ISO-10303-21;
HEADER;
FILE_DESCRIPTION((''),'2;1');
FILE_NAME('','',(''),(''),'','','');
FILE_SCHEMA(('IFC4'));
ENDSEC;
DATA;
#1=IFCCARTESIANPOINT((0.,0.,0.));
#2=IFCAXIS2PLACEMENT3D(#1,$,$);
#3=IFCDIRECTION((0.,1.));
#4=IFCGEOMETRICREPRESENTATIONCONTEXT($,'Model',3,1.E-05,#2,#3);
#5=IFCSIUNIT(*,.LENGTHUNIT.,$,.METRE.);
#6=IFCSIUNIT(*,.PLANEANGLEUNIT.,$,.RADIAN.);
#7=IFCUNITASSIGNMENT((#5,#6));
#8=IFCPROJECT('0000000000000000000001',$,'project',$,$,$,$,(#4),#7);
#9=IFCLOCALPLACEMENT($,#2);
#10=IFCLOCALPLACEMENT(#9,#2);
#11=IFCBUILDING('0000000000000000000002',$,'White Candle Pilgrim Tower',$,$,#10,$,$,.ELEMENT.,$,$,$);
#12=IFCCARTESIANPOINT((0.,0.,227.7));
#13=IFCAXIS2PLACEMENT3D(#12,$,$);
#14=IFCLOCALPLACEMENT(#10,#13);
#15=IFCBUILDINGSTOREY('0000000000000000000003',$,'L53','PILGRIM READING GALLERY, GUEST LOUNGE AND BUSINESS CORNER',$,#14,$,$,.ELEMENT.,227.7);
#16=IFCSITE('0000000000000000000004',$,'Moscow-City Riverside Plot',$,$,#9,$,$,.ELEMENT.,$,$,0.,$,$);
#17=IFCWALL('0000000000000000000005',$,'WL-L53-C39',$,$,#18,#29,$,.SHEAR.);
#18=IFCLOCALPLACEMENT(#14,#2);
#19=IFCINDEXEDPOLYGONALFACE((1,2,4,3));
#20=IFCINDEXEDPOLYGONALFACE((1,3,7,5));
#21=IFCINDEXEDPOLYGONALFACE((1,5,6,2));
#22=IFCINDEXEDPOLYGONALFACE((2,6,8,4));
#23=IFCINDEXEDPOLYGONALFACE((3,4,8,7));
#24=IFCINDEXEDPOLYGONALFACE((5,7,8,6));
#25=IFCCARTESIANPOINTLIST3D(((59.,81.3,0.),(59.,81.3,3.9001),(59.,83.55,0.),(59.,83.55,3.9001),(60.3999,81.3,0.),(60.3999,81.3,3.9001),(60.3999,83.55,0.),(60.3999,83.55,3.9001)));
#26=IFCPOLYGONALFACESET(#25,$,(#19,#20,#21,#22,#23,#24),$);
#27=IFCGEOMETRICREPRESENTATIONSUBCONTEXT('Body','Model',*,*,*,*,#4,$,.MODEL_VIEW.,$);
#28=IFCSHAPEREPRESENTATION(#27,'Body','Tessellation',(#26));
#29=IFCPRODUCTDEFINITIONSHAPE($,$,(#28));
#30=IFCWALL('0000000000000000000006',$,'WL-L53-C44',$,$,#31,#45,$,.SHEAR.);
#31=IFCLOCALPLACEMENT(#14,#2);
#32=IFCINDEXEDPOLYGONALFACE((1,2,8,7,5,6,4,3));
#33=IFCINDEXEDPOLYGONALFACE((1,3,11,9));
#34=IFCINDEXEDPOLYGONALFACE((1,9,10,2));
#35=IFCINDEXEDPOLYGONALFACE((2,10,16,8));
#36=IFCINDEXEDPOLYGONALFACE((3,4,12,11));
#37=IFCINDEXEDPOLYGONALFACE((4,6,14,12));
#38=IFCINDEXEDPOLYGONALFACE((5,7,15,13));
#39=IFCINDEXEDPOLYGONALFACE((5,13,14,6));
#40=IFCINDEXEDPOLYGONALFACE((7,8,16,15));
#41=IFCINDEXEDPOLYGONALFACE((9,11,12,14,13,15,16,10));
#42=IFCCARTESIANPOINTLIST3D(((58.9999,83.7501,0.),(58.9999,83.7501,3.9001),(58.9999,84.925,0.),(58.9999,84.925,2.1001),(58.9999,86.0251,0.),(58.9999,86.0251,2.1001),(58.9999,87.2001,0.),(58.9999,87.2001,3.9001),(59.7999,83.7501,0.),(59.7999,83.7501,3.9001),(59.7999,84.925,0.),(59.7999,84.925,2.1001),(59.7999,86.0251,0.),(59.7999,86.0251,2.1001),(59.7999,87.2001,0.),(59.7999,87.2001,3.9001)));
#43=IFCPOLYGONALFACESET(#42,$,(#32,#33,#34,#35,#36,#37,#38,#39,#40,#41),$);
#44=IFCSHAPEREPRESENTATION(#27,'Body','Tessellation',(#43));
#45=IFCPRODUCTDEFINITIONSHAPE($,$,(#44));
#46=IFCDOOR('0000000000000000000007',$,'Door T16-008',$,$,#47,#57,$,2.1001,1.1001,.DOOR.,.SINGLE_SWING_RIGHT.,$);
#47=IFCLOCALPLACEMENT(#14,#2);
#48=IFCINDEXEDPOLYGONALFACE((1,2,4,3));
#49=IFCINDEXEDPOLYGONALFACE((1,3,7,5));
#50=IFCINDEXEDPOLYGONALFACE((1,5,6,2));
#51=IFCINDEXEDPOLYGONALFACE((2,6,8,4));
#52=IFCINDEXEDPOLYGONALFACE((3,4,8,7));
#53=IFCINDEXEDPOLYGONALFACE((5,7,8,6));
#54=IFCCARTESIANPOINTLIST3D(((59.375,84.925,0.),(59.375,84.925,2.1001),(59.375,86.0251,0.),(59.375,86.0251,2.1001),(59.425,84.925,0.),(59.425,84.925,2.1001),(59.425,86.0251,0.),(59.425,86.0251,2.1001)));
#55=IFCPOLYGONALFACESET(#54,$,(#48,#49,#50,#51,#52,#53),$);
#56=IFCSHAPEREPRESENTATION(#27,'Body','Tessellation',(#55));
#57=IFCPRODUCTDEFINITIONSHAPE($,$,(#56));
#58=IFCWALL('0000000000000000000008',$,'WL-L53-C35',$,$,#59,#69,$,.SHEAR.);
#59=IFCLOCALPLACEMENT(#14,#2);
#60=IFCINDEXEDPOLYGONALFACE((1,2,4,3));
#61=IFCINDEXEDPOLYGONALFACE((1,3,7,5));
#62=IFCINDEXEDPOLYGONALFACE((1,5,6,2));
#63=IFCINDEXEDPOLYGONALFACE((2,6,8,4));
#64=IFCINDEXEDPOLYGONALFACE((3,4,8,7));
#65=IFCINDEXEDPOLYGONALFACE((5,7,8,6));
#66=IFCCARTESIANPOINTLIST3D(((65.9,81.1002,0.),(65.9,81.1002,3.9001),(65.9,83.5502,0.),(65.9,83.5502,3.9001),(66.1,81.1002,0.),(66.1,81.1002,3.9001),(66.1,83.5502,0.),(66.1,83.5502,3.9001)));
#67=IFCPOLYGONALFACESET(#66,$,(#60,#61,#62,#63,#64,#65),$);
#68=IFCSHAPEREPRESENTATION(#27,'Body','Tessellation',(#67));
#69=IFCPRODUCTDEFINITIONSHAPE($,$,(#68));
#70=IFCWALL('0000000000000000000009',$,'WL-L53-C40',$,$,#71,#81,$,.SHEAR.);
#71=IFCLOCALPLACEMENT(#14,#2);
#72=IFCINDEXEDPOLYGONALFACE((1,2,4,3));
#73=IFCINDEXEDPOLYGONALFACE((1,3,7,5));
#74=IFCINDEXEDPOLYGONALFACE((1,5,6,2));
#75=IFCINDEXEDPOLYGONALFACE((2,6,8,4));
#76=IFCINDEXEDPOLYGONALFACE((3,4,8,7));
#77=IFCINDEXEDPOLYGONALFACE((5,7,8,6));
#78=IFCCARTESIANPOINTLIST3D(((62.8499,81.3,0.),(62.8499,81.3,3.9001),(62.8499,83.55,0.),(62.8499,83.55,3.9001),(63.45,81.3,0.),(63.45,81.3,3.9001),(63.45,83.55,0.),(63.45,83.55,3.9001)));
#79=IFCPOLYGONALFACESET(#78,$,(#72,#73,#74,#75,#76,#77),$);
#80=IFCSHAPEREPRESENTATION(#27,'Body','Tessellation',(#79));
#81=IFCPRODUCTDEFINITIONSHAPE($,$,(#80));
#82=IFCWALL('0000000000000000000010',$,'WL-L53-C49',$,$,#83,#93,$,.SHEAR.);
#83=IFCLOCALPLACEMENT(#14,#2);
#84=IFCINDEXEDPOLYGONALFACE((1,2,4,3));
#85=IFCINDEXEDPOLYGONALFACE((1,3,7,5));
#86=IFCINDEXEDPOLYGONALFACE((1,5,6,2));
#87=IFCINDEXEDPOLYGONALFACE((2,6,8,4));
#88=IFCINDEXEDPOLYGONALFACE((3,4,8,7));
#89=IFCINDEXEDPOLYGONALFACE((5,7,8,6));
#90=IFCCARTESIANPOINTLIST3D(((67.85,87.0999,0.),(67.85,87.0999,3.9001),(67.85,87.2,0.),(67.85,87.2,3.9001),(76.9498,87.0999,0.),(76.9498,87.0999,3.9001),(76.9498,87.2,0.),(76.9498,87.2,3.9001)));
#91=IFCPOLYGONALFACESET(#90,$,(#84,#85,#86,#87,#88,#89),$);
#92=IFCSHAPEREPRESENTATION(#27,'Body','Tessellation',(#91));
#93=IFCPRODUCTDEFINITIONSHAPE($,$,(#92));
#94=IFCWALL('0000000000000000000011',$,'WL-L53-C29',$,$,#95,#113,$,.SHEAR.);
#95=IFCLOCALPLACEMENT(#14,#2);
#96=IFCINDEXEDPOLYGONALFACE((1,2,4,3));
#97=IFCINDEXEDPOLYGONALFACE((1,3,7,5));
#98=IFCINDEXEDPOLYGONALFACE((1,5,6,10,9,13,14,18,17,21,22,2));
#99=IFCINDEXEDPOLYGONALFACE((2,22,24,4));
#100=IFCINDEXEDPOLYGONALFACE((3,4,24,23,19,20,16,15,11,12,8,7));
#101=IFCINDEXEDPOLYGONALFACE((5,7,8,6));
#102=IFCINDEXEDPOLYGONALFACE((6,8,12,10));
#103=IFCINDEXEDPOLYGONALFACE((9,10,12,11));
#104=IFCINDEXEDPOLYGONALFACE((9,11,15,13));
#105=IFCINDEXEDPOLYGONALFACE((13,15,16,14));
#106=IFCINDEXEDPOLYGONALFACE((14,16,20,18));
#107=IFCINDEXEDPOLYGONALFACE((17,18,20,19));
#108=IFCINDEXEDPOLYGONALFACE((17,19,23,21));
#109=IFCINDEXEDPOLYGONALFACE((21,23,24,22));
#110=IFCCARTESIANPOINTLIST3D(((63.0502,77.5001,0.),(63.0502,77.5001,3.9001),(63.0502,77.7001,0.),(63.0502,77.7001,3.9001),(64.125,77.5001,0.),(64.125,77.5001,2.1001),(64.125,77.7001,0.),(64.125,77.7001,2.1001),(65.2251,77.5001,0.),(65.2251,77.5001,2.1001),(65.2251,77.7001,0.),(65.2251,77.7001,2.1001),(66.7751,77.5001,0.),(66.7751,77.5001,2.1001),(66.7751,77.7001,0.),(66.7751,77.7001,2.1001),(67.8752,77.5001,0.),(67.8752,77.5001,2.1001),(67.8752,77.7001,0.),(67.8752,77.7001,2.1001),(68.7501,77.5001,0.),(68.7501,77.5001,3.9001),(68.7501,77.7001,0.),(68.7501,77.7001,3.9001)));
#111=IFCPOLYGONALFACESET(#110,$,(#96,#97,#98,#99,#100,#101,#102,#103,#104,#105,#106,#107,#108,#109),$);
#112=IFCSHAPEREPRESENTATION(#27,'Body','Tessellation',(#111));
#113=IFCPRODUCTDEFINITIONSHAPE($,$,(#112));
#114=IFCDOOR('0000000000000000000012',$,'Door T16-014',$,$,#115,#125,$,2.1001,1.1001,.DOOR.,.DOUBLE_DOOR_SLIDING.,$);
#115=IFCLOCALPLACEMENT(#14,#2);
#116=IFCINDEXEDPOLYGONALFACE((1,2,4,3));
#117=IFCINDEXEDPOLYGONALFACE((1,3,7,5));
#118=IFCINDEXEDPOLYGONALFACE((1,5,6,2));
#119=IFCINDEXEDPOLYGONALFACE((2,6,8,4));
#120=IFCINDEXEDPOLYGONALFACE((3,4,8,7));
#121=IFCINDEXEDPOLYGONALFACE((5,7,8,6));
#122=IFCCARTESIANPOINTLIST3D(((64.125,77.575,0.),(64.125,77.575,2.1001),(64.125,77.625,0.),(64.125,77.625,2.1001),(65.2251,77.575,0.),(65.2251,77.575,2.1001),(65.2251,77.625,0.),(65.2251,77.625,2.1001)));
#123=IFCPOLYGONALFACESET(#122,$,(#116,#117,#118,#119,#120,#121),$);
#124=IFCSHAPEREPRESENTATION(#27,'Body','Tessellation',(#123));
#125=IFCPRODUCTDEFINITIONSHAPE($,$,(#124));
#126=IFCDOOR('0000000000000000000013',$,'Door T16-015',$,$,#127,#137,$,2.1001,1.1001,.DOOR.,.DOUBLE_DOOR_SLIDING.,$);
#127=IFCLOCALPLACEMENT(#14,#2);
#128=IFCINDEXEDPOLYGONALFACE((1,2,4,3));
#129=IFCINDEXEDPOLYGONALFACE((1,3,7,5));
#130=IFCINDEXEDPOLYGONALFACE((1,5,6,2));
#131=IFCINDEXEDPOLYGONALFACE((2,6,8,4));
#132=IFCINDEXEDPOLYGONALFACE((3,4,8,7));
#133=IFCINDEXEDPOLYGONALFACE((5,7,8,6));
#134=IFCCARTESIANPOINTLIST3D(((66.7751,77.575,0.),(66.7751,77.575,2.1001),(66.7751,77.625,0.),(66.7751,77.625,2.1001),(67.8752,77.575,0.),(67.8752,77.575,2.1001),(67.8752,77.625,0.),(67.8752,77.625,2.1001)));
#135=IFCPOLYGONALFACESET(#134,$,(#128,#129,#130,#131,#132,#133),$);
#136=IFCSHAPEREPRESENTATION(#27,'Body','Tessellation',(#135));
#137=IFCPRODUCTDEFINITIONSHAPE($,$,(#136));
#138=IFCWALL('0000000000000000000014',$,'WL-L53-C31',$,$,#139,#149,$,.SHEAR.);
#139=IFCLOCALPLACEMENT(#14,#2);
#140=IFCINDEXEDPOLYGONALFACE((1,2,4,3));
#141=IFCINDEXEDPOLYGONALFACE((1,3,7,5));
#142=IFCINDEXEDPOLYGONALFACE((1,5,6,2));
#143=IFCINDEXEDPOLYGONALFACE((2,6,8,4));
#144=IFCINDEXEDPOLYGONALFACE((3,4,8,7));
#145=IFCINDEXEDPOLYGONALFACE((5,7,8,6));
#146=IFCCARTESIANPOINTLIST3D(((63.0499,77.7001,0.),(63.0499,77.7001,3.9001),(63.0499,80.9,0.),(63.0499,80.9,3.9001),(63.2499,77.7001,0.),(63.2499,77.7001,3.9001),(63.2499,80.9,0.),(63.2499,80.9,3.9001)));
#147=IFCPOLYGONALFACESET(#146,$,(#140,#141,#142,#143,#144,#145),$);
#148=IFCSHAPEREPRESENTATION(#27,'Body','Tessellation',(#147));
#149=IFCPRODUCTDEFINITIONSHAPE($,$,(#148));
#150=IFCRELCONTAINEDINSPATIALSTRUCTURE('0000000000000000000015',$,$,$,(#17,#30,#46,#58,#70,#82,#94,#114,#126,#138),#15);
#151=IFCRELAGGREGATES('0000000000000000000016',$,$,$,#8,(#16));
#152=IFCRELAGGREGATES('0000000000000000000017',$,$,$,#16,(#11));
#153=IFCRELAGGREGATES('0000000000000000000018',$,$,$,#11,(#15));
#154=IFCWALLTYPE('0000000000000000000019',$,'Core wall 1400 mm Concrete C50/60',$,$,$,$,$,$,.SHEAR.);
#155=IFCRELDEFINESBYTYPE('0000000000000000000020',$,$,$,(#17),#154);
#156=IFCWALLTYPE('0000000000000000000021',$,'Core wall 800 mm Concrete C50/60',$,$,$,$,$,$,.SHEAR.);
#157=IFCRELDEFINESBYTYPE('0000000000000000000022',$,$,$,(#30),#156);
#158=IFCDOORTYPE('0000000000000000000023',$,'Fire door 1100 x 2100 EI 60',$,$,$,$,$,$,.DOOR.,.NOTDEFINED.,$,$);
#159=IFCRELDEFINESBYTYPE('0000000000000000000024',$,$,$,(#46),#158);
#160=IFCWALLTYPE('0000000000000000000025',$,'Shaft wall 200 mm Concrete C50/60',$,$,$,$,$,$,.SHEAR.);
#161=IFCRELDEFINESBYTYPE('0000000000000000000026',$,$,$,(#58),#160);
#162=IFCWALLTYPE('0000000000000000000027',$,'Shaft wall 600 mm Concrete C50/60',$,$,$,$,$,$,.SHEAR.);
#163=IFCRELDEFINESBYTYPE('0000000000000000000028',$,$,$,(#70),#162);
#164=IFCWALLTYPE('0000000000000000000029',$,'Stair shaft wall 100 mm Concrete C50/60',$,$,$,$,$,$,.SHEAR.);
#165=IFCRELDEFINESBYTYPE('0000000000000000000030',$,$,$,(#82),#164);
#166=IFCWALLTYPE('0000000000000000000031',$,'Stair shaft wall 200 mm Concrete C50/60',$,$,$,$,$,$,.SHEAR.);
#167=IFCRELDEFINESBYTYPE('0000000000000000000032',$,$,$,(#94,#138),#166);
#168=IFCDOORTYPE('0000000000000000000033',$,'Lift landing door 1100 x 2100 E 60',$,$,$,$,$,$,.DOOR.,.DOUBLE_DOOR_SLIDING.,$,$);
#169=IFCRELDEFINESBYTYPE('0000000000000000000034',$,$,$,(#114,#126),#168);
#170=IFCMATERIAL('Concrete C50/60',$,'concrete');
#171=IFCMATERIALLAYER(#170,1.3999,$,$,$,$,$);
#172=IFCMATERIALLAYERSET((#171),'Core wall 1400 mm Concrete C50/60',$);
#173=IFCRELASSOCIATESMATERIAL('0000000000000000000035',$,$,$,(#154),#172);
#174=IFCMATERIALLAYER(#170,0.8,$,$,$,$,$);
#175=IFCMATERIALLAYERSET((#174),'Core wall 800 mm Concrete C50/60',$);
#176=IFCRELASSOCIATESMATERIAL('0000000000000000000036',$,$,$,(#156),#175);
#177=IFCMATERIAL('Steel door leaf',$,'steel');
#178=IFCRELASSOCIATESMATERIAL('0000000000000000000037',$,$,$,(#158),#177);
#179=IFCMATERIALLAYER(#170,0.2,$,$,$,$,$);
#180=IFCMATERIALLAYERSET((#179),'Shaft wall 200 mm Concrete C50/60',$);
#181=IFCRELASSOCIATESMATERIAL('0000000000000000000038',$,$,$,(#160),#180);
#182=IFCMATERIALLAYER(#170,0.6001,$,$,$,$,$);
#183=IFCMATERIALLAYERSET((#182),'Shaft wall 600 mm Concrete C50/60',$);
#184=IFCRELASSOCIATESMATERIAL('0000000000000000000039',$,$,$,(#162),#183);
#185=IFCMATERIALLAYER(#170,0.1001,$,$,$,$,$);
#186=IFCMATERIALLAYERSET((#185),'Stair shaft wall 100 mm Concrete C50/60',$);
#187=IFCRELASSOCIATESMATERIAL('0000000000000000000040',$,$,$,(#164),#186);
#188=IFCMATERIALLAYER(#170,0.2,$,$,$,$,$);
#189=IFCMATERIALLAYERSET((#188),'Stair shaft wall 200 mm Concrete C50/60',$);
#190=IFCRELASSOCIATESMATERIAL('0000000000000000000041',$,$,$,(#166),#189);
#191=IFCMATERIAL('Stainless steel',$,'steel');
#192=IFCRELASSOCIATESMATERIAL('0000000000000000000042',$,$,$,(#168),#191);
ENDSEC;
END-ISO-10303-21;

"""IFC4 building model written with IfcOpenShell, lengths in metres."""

from ifc_helpers import new_model, si_unit, direction, frame, frame_2d, origin, place, context, subcontext, project, spatial, rectangle, extrude, material, layer, layer_set, type_object, element, fill, save


model = new_model("IFC4")

# Units and contexts
model_context = context("Model", 3, precision=1e-05, world=origin(), true_north=direction((0.0, 1.0)))
body_context = subcontext(model_context, "Body", "Model", "MODEL_VIEW")
ifc_project = project(units=[si_unit("LENGTHUNIT", "METRE"), si_unit("PLANEANGLEUNIT", "RADIAN")], contexts=[model_context])

# Site, building, storey
site_placement = place(None, origin())
site = spatial("IfcSite", under=ifc_project, at=site_placement, Name="Moscow-City Riverside Plot", CompositionType="ELEMENT", RefElevation=0.0)
building_placement = place(site_placement, origin())
building = spatial("IfcBuilding", under=site, at=building_placement, Name="White Candle Pilgrim Tower", CompositionType="ELEMENT")
storey_placement = place(building_placement, frame((0.0, 0.0, 227.7)))
storey = spatial("IfcBuildingStorey", under=building, at=storey_placement, Name="L53", Description="PILGRIM READING GALLERY, GUEST LOUNGE AND BUSINESS CORNER", CompositionType="ELEMENT", Elevation=227.7)

# Wall
ifc_material_1 = material(Name="Concrete C50/60", Category="concrete")
ifc_layer_1 = layer(ifc_material_1, 1.3999)
ifc_layer_set_1 = layer_set([ifc_layer_1], Name="Core wall 1400 mm Concrete C50/60")
wall_type_1 = type_object("IfcWallType", Name="Core wall 1400 mm Concrete C50/60", PredefinedType="SHEAR", material=ifc_layer_set_1)
wall_1_placement = place(storey_placement, frame((59.7, 81.3, 0.0), z_axis=(0.0, 0.0, 1.0), x_axis=(0.0, 1.0, 0.0)))
element("IfcWall", 1, at=wall_1_placement, inside=storey, type_object=wall_type_1, Name="WL-L53-C39", PredefinedType="SHEAR", context=body_context, shape_type="SweptSolid", body=[
    extrude(rectangle(XDim=2.25, YDim=1.3999, at=frame_2d((1.125, 0.0))), origin(), (0.0, 0.0, 1.0), 3.9001),
])

# Wall, opening, door
ifc_layer_2 = layer(ifc_material_1, 0.8)
ifc_layer_set_2 = layer_set([ifc_layer_2], Name="Core wall 800 mm Concrete C50/60")
wall_type_2 = type_object("IfcWallType", Name="Core wall 800 mm Concrete C50/60", PredefinedType="SHEAR", material=ifc_layer_set_2)
wall_2_placement = place(storey_placement, frame((59.3999, 83.75, 0.0), z_axis=(0.0, 0.0, 1.0), x_axis=(0.0, 1.0, 0.0)))
wall_2 = element("IfcWall", 2, at=wall_2_placement, inside=storey, type_object=wall_type_2, Name="WL-L53-C44", PredefinedType="SHEAR", context=body_context, shape_type="SweptSolid", body=[
    extrude(rectangle(XDim=3.45, YDim=0.8, at=frame_2d((1.7251, 0.0))), origin(), (0.0, 0.0, 1.0), 3.9001),
])
opening_1_placement = place(wall_2_placement, frame((1.175, 0.0, 0.0)))
opening_1 = element("IfcOpeningElement", 3, at=opening_1_placement, cuts=wall_2, PredefinedType="OPENING", context=body_context, shape_type="SweptSolid", body=[
    extrude(rectangle(XDim=1.1001, YDim=2.1001, at=frame_2d((0.55, 1.05))), frame((0.0, 0.4099, 0.0), z_axis=(0.0, -1.0, 0.0), x_axis=(1.0, 0.0, 0.0)), (0.0, 0.0, 1.0), 0.8201),
])
ifc_material_2 = material(Name="Steel door leaf", Category="steel")
door_type_1 = type_object("IfcDoorType", Name="Fire door 1100 x 2100 EI 60", OperationType="NOTDEFINED", PredefinedType="DOOR", material=ifc_material_2)
door_1_placement = place(opening_1_placement, origin())
door_1 = element("IfcDoor", 4, at=door_1_placement, inside=storey, type_object=door_type_1, Name="Door T16-008", OperationType="SINGLE_SWING_RIGHT", OverallHeight=2.1001, OverallWidth=1.1001, PredefinedType="DOOR", context=body_context, shape_type="SweptSolid", body=[
    extrude(rectangle(XDim=1.1001, YDim=2.1001, at=frame_2d((0.55, 1.05))), frame((0.0, 0.0249, 0.0), z_axis=(0.0, -1.0, 0.0), x_axis=(1.0, 0.0, 0.0)), (0.0, 0.0, 1.0), 0.05),
])
fill(opening_1, door_1)

# Walls
ifc_layer_3 = layer(ifc_material_1, 0.2)
ifc_layer_set_3 = layer_set([ifc_layer_3], Name="Shaft wall 200 mm Concrete C50/60")
wall_type_3 = type_object("IfcWallType", Name="Shaft wall 200 mm Concrete C50/60", PredefinedType="SHEAR", material=ifc_layer_set_3)
wall_3_placement = place(storey_placement, frame((66.0, 81.1001, 0.0), z_axis=(0.0, 0.0, 1.0), x_axis=(0.0, 1.0, 0.0)))
element("IfcWall", 5, at=wall_3_placement, inside=storey, type_object=wall_type_3, Name="WL-L53-C35", PredefinedType="SHEAR", context=body_context, shape_type="SweptSolid", body=[
    extrude(rectangle(XDim=2.45, YDim=0.2, at=frame_2d((1.2251, 0.0))), origin(), (0.0, 0.0, 1.0), 3.9001),
])
ifc_layer_4 = layer(ifc_material_1, 0.6001)
ifc_layer_set_4 = layer_set([ifc_layer_4], Name="Shaft wall 600 mm Concrete C50/60")
wall_type_4 = type_object("IfcWallType", Name="Shaft wall 600 mm Concrete C50/60", PredefinedType="SHEAR", material=ifc_layer_set_4)
wall_4_placement = place(storey_placement, frame((63.1499, 81.3, 0.0), z_axis=(0.0, 0.0, 1.0), x_axis=(0.0, 1.0, 0.0)))
element("IfcWall", 6, at=wall_4_placement, inside=storey, type_object=wall_type_4, Name="WL-L53-C40", PredefinedType="SHEAR", context=body_context, shape_type="SweptSolid", body=[
    extrude(rectangle(XDim=2.25, YDim=0.6001, at=frame_2d((1.125, 0.0))), origin(), (0.0, 0.0, 1.0), 3.9001),
])
ifc_layer_5 = layer(ifc_material_1, 0.1001)
ifc_layer_set_5 = layer_set([ifc_layer_5], Name="Stair shaft wall 100 mm Concrete C50/60")
wall_type_5 = type_object("IfcWallType", Name="Stair shaft wall 100 mm Concrete C50/60", PredefinedType="SHEAR", material=ifc_layer_set_5)
wall_5_placement = place(storey_placement, frame((67.8501, 87.1499, 0.0), z_axis=(0.0, 0.0, 1.0), x_axis=(1.0, 0.0, 0.0)))
element("IfcWall", 7, at=wall_5_placement, inside=storey, type_object=wall_type_5, Name="WL-L53-C49", PredefinedType="SHEAR", context=body_context, shape_type="SweptSolid", body=[
    extrude(rectangle(XDim=9.0999, YDim=0.1001, at=frame_2d((4.5498, 0.0))), origin(), (0.0, 0.0, 1.0), 3.9001),
])

# Wall, openings, doors
ifc_layer_6 = layer(ifc_material_1, 0.2)
ifc_layer_set_6 = layer_set([ifc_layer_6], Name="Stair shaft wall 200 mm Concrete C50/60")
wall_type_6 = type_object("IfcWallType", Name="Stair shaft wall 200 mm Concrete C50/60", PredefinedType="SHEAR", material=ifc_layer_set_6)
wall_6_placement = place(storey_placement, frame((63.05, 77.6001, 0.0), z_axis=(0.0, 0.0, 1.0), x_axis=(1.0, 0.0, 0.0)))
wall_6 = element("IfcWall", 8, at=wall_6_placement, inside=storey, type_object=wall_type_6, Name="WL-L53-C29", PredefinedType="SHEAR", context=body_context, shape_type="SweptSolid", body=[
    extrude(rectangle(XDim=5.7, YDim=0.2, at=frame_2d((2.8501, 0.0))), origin(), (0.0, 0.0, 1.0), 3.9001),
])
opening_2_placement = place(wall_6_placement, frame((1.075, 0.0, 0.0)))
opening_2 = element("IfcOpeningElement", 9, at=opening_2_placement, cuts=wall_6, PredefinedType="OPENING", context=body_context, shape_type="SweptSolid", body=[
    extrude(rectangle(XDim=1.1001, YDim=2.1001, at=frame_2d((0.55, 1.05))), frame((0.0, 0.1099, 0.0), z_axis=(0.0, -1.0, 0.0), x_axis=(1.0, 0.0, 0.0)), (0.0, 0.0, 1.0), 0.22),
])
opening_3_placement = place(wall_6_placement, frame((3.7251, 0.0, 0.0)))
opening_3 = element("IfcOpeningElement", 10, at=opening_3_placement, cuts=wall_6, PredefinedType="OPENING", context=body_context, shape_type="SweptSolid", body=[
    extrude(rectangle(XDim=1.1001, YDim=2.1001, at=frame_2d((0.55, 1.05))), frame((0.0, 0.1099, 0.0), z_axis=(0.0, -1.0, 0.0), x_axis=(1.0, 0.0, 0.0)), (0.0, 0.0, 1.0), 0.22),
])
ifc_material_3 = material(Name="Stainless steel", Category="steel")
door_type_2 = type_object("IfcDoorType", Name="Lift landing door 1100 x 2100 E 60", OperationType="DOUBLE_DOOR_SLIDING", PredefinedType="DOOR", material=ifc_material_3)
door_2_placement = place(opening_2_placement, origin())
door_2 = element("IfcDoor", 11, at=door_2_placement, inside=storey, type_object=door_type_2, Name="Door T16-014", OperationType="DOUBLE_DOOR_SLIDING", OverallHeight=2.1001, OverallWidth=1.1001, PredefinedType="DOOR", context=body_context, shape_type="SweptSolid", body=[
    extrude(rectangle(XDim=1.1001, YDim=2.1001, at=frame_2d((0.55, 1.05))), frame((0.0, 0.0249, 0.0), z_axis=(0.0, -1.0, 0.0), x_axis=(1.0, 0.0, 0.0)), (0.0, 0.0, 1.0), 0.05),
])
fill(opening_2, door_2)
door_3_placement = place(opening_3_placement, origin())
door_3 = element("IfcDoor", 12, at=door_3_placement, inside=storey, type_object=door_type_2, Name="Door T16-015", OperationType="DOUBLE_DOOR_SLIDING", OverallHeight=2.1001, OverallWidth=1.1001, PredefinedType="DOOR", context=body_context, shape_type="SweptSolid", body=[
    extrude(rectangle(XDim=1.1001, YDim=2.1001, at=frame_2d((0.55, 1.05))), frame((0.0, 0.0249, 0.0), z_axis=(0.0, -1.0, 0.0), x_axis=(1.0, 0.0, 0.0)), (0.0, 0.0, 1.0), 0.05),
])
fill(opening_3, door_3)

# Wall
wall_7_placement = place(storey_placement, frame((63.1499, 77.7, 0.0), z_axis=(0.0, 0.0, 1.0), x_axis=(0.0, 1.0, 0.0)))
element("IfcWall", 13, at=wall_7_placement, inside=storey, type_object=wall_type_6, Name="WL-L53-C31", PredefinedType="SHEAR", context=body_context, shape_type="SweptSolid", body=[
    extrude(rectangle(XDim=3.2, YDim=0.2, at=frame_2d((1.6001, 0.0))), origin(), (0.0, 0.0, 1.0), 3.9001),
])

save(model, "model.ifc")
